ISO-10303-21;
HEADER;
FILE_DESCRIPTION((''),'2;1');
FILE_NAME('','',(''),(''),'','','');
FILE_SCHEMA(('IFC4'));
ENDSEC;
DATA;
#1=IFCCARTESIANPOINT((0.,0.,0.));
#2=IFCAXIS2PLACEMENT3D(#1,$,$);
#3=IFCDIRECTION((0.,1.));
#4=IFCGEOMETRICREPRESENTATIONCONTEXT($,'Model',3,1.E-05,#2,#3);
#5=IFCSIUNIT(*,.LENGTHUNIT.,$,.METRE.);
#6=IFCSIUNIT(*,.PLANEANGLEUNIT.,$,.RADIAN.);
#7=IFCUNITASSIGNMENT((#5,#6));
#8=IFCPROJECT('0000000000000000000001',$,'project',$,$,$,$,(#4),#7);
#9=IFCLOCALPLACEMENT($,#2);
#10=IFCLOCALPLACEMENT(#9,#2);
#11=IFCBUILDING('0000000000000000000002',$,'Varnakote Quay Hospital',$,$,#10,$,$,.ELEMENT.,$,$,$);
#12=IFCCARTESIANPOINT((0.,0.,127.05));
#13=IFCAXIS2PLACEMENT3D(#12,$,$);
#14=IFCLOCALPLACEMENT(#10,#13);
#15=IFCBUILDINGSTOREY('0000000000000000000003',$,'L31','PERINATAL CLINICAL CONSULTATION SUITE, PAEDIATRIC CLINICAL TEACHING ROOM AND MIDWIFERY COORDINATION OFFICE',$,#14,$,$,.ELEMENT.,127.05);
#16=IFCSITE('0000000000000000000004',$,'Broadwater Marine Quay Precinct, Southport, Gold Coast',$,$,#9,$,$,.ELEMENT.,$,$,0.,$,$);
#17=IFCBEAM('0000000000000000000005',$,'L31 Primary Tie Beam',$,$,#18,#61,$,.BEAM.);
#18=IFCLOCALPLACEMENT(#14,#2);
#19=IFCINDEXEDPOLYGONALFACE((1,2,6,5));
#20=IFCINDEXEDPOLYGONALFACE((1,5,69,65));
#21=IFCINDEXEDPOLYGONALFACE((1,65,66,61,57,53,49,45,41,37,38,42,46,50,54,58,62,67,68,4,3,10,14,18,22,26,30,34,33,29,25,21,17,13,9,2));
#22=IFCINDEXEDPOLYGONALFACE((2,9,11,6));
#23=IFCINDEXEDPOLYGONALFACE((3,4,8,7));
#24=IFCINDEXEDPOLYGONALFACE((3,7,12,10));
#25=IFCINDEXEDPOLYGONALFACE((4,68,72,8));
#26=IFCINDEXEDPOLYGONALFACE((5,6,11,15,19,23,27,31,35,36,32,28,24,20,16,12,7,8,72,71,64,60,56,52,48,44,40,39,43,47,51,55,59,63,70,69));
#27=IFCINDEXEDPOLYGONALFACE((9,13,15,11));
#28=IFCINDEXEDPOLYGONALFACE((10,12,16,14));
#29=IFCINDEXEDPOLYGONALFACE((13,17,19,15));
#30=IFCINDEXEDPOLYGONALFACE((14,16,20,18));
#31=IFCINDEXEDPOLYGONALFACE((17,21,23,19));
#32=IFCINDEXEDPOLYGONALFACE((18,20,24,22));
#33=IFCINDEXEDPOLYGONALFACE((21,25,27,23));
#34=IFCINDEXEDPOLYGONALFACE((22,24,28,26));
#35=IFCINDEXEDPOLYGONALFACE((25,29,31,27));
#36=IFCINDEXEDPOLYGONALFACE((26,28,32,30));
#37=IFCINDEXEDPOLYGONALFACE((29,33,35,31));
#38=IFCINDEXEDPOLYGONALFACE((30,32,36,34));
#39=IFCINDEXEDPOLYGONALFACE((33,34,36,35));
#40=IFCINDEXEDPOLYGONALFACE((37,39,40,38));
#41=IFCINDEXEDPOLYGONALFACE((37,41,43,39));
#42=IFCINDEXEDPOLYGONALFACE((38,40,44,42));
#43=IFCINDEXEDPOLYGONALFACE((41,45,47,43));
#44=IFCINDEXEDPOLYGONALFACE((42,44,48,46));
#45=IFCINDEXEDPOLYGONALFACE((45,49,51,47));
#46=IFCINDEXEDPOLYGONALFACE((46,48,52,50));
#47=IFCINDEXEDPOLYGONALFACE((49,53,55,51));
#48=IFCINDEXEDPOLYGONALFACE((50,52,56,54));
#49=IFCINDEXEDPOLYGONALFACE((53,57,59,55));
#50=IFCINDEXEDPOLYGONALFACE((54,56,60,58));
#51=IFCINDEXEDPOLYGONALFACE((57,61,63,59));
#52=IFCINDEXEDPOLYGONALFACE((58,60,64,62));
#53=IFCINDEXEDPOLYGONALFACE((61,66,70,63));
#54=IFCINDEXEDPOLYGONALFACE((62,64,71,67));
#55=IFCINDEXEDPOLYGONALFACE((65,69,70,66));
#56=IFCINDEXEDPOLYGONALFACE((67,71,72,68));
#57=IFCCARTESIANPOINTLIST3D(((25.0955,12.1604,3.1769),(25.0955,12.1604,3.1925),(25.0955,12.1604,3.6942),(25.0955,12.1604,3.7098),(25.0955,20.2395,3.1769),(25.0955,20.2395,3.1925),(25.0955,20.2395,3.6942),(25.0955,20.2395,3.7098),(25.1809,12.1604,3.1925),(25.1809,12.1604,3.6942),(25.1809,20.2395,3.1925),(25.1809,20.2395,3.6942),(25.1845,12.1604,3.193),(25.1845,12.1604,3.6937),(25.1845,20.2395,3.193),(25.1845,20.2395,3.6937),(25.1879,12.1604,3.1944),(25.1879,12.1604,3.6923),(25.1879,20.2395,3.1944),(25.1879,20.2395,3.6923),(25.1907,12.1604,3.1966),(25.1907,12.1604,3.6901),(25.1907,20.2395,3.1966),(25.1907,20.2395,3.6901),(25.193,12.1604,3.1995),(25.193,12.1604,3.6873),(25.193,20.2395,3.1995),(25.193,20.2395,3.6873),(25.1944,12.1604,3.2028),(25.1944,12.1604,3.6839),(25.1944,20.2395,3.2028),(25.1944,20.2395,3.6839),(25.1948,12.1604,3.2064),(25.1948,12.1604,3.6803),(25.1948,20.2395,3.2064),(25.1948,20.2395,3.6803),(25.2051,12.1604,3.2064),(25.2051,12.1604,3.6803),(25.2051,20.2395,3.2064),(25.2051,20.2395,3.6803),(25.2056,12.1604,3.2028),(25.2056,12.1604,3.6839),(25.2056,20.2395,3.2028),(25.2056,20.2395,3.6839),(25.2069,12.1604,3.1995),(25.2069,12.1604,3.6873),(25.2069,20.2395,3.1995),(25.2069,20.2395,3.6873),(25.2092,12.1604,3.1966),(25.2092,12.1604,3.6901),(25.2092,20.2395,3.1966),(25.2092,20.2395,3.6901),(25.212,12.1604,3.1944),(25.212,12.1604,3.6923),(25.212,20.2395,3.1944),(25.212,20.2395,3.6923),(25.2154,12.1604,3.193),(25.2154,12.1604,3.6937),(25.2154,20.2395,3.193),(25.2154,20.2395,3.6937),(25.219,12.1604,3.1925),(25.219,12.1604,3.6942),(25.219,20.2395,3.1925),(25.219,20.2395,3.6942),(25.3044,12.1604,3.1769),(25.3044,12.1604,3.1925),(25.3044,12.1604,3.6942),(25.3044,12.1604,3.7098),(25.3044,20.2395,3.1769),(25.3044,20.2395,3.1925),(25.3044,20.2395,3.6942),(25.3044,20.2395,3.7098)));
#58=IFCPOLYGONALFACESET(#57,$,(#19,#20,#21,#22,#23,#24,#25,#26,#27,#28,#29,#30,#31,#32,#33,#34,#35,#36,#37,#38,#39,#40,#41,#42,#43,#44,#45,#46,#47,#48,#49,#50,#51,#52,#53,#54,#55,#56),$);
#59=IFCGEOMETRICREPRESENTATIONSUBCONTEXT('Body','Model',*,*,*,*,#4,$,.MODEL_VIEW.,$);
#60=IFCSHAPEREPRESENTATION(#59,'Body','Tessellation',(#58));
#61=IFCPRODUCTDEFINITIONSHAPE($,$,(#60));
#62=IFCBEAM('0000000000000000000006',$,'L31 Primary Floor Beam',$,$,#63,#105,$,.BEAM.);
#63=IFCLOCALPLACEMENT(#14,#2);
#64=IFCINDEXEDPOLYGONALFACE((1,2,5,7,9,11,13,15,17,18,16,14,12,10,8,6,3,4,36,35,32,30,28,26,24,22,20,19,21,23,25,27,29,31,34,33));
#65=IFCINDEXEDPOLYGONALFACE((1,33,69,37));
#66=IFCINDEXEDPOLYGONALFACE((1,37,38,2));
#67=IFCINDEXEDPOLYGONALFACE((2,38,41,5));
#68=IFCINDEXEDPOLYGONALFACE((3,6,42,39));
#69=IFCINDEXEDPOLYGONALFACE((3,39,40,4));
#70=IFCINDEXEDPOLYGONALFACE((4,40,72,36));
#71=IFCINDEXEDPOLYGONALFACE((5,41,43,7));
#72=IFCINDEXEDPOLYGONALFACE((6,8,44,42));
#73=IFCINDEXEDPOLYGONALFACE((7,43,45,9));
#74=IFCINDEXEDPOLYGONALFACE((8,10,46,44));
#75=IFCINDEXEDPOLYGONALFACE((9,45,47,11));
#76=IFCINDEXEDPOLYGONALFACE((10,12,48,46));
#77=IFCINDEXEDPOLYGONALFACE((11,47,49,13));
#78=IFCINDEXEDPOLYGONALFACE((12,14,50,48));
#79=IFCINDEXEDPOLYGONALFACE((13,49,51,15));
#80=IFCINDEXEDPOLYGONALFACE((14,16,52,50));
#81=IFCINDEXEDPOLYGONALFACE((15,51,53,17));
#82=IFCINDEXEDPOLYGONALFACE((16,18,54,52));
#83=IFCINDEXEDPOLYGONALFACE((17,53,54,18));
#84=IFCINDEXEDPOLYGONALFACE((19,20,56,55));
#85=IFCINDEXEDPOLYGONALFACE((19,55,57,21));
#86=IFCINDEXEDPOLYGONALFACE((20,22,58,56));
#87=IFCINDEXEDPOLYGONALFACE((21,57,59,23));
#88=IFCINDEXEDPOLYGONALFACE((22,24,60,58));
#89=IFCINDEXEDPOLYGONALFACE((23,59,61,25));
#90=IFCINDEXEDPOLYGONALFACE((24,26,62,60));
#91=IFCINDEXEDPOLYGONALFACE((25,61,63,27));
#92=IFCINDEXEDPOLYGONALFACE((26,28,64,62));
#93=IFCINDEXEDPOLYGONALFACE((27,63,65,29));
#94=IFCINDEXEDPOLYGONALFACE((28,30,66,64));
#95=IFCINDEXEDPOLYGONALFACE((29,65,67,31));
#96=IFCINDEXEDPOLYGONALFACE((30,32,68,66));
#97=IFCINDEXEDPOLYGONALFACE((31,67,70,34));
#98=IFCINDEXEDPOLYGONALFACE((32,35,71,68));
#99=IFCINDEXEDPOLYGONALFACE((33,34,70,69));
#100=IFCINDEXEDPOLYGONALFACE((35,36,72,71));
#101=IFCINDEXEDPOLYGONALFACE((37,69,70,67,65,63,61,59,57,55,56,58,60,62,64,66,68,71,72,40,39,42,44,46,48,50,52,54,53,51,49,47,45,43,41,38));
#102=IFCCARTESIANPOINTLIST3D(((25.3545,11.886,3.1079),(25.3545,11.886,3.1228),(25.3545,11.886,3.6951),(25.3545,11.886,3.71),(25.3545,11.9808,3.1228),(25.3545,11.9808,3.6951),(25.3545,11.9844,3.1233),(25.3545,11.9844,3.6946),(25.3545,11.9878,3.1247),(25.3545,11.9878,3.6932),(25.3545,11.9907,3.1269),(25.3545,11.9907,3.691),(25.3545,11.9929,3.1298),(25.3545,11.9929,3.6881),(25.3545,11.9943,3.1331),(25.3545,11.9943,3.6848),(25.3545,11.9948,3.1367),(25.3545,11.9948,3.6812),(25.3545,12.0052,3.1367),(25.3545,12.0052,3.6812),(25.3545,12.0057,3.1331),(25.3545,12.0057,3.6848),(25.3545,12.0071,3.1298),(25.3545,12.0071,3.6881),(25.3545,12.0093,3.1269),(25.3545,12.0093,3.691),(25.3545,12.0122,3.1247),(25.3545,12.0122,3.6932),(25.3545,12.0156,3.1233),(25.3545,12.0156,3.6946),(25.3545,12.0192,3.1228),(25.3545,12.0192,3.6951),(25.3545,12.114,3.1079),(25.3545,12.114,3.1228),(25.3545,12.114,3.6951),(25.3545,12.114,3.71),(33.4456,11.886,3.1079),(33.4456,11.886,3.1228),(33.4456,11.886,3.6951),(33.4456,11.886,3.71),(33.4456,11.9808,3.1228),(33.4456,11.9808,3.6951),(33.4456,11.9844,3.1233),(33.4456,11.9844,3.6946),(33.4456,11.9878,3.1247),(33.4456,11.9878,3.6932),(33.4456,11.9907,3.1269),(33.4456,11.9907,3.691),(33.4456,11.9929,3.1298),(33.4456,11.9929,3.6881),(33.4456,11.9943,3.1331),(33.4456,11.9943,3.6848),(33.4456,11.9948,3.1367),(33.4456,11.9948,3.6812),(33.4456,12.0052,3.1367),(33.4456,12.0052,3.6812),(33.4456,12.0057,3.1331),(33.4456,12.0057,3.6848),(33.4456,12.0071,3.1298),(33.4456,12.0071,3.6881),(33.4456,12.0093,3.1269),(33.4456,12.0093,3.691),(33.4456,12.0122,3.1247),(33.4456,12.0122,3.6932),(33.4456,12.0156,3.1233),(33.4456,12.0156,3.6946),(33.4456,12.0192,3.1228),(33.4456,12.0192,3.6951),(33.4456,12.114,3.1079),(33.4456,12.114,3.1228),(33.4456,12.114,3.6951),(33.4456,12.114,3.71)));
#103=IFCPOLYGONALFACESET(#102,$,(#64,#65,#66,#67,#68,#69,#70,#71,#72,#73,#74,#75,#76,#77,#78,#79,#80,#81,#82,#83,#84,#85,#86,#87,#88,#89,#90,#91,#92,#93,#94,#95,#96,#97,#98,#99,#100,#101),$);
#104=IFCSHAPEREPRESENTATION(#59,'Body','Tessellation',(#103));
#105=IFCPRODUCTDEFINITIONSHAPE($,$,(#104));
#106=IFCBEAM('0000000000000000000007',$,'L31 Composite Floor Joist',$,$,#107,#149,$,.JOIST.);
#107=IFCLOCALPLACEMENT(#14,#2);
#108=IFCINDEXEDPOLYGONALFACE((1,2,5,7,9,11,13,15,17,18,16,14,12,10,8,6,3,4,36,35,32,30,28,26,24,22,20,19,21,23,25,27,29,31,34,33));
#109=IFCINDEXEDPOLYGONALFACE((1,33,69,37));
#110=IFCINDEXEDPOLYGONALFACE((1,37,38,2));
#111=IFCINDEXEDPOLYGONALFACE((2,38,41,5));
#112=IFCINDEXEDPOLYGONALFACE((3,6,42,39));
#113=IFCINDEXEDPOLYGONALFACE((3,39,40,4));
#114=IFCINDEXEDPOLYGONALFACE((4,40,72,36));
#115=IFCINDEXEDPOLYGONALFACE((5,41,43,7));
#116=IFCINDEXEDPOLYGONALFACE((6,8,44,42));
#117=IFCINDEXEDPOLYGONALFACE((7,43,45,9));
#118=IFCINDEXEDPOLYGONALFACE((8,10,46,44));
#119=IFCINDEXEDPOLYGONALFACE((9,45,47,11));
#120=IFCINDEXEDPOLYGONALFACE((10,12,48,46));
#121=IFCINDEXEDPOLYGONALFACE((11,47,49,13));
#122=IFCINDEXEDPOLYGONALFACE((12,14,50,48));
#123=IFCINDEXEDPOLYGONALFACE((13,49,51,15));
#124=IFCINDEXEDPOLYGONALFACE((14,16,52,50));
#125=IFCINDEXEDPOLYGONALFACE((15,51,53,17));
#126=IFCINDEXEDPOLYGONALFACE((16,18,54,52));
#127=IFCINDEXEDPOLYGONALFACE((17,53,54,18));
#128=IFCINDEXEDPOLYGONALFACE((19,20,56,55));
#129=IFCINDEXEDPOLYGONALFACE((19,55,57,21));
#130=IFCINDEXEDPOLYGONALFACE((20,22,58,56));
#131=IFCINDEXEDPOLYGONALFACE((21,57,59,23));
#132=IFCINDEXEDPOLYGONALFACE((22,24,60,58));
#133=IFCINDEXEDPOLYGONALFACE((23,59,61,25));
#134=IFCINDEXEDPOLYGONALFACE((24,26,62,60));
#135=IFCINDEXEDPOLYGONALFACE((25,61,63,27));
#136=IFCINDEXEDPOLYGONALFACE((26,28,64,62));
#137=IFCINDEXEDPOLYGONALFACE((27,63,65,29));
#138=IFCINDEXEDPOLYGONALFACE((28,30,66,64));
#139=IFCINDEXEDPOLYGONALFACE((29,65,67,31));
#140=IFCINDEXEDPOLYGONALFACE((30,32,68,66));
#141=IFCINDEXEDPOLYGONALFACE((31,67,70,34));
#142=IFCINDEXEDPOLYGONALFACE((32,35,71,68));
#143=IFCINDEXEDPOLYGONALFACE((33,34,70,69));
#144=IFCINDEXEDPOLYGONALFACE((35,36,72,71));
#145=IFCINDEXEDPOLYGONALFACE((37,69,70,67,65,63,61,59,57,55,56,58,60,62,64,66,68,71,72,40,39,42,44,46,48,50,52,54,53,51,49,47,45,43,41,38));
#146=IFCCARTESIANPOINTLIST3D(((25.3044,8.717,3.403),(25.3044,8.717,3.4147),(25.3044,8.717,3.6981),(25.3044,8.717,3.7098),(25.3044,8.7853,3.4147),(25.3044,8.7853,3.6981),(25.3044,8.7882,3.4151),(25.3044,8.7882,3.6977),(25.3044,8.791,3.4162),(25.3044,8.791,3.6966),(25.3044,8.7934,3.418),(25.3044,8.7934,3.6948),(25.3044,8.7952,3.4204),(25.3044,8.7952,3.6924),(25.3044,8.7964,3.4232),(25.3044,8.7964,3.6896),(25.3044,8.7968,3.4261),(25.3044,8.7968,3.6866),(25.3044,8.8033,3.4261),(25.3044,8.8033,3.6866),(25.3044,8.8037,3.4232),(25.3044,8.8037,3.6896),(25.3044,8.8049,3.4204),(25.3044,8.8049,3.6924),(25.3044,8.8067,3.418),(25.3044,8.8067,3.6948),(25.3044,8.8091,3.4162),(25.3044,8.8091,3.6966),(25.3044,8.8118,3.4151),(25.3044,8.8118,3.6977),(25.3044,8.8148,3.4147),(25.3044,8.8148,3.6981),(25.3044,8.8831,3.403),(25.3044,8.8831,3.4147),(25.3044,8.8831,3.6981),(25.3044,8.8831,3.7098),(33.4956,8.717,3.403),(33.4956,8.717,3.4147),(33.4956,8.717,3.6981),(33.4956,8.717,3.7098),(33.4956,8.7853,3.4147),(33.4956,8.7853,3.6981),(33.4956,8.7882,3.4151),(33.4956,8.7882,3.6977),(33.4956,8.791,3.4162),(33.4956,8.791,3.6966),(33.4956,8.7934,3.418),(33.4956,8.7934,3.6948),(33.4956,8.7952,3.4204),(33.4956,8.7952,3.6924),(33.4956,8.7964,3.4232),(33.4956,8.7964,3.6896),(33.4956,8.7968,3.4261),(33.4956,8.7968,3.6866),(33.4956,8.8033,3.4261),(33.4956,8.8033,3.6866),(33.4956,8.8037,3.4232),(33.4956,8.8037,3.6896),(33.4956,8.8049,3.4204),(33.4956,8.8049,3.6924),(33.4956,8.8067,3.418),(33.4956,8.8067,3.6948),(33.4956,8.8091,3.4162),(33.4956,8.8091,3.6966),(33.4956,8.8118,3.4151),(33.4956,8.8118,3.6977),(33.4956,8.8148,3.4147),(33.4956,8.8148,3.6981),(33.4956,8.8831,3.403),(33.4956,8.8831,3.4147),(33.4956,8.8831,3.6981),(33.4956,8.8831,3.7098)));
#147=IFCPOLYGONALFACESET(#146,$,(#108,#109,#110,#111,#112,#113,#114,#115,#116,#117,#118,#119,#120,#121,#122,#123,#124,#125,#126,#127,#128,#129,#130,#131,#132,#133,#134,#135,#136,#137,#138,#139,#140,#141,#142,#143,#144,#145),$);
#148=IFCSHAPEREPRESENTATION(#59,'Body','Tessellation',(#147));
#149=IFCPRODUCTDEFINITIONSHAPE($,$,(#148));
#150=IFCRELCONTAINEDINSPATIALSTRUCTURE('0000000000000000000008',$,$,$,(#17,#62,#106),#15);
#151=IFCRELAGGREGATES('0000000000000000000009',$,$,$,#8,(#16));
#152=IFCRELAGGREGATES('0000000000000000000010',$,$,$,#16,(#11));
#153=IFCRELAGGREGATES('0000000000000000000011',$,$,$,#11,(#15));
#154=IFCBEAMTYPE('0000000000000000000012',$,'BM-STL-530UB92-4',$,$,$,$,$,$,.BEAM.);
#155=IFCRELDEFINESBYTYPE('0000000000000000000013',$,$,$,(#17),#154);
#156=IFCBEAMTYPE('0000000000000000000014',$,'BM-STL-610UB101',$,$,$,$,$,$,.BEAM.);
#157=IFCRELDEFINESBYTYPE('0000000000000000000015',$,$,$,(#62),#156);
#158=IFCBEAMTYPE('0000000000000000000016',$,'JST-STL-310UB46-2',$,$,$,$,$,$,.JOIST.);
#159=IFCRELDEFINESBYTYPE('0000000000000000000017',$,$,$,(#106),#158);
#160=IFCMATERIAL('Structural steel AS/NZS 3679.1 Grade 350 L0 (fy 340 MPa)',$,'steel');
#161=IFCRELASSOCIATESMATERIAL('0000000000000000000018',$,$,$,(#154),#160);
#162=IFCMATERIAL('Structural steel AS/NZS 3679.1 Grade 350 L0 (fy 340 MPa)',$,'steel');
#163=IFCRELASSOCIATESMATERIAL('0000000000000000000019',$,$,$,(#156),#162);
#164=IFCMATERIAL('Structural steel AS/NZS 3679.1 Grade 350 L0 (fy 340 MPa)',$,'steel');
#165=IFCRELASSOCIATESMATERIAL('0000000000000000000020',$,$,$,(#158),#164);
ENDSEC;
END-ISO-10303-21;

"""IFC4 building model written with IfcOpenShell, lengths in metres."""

from ifc_helpers import new_model, si_unit, direction, frame, origin, origin_2d, place, context, subcontext, project, spatial, i_section, extrude, material, material_profile, profile_set, type_object, element, save


model = new_model("IFC4")

# Units and contexts
model_context = context("Model", 3, precision=1e-05, world=origin(), true_north=direction((0.0, 1.0)))
body_context = subcontext(model_context, "Body", "Model", "MODEL_VIEW")
ifc_project = project(units=[si_unit("LENGTHUNIT", "METRE"), si_unit("PLANEANGLEUNIT", "RADIAN")], contexts=[model_context])

# Site, building, storey
site_placement = place(None, origin())
site = spatial("IfcSite", under=ifc_project, at=site_placement, Name="Broadwater Marine Quay Precinct, Southport, Gold Coast", CompositionType="ELEMENT", RefElevation=0.0)
building_placement = place(site_placement, origin())
building = spatial("IfcBuilding", under=site, at=building_placement, Name="Varnakote Quay Hospital", CompositionType="ELEMENT")
storey_placement = place(building_placement, frame((0.0, 0.0, 127.05)))
storey = spatial("IfcBuildingStorey", under=building, at=storey_placement, Name="L31", Description="PERINATAL CLINICAL CONSULTATION SUITE, PAEDIATRIC CLINICAL TEACHING ROOM AND MIDWIFERY COORDINATION OFFICE", CompositionType="ELEMENT", Elevation=127.05)

# Beams
ifc_material_1 = material(Name="Structural steel AS/NZS 3679.1 Grade 350 L0 (fy 340 MPa)", Category="steel")
ifc_material_profile_1 = material_profile(ifc_material_1, i_section(OverallWidth=0.209, OverallDepth=0.533, WebThickness=0.0103, FlangeThickness=0.0156, FilletRadius=0.0139, at=origin_2d()), Name="530UB92.4")
ifc_profile_set_1 = profile_set([ifc_material_profile_1], Name="Structural steel AS/NZS 3679.1 Grade 350 L0 (fy 340 MPa)")
beam_type_1 = type_object("IfcBeamType", Name="BM-STL-530UB92-4", PredefinedType="BEAM", material=ifc_profile_set_1)
beam_1_placement = place(storey_placement, frame((25.2, 12.1604, 3.4434), z_axis=(0.0, 1.0, 0.0), x_axis=(-1.0, 0.0, 0.0)))
element("IfcBeam", 1, at=beam_1_placement, inside=storey, type_object=beam_type_1, Name="L31 Primary Tie Beam", PredefinedType="BEAM", context=body_context, shape_type="SweptSolid", body=[
    extrude(i_section(OverallWidth=0.209, OverallDepth=0.533, WebThickness=0.0103, FlangeThickness=0.0156, FilletRadius=0.0139, at=origin_2d()), origin(), (0.0, 0.0, 1.0), 8.0791),
])
ifc_material_2 = material(Name="Structural steel AS/NZS 3679.1 Grade 350 L0 (fy 340 MPa)", Category="steel")
ifc_material_profile_2 = material_profile(ifc_material_2, i_section(OverallWidth=0.228, OverallDepth=0.6021, WebThickness=0.0105, FlangeThickness=0.0149, FilletRadius=0.0139, at=origin_2d()), Name="610UB101")
ifc_profile_set_2 = profile_set([ifc_material_profile_2], Name="Structural steel AS/NZS 3679.1 Grade 350 L0 (fy 340 MPa)")
beam_type_2 = type_object("IfcBeamType", Name="BM-STL-610UB101", PredefinedType="BEAM", material=ifc_profile_set_2)
beam_2_placement = place(storey_placement, frame((25.3545, 12.0, 3.4089), z_axis=(1.0, 0.0, 0.0), x_axis=(0.0, 1.0, 0.0)))
element("IfcBeam", 2, at=beam_2_placement, inside=storey, type_object=beam_type_2, Name="L31 Primary Floor Beam", PredefinedType="BEAM", context=body_context, shape_type="SweptSolid", body=[
    extrude(i_section(OverallWidth=0.228, OverallDepth=0.6021, WebThickness=0.0105, FlangeThickness=0.0149, FilletRadius=0.0139, at=origin_2d()), origin(), (0.0, 0.0, 1.0), 8.0911),
])
ifc_material_3 = material(Name="Structural steel AS/NZS 3679.1 Grade 350 L0 (fy 340 MPa)", Category="steel")
ifc_material_profile_3 = material_profile(ifc_material_3, i_section(OverallWidth=0.166, OverallDepth=0.3069, WebThickness=0.0066, FlangeThickness=0.0117, FilletRadius=0.0115, at=origin_2d()), Name="310UB46.2")
ifc_profile_set_3 = profile_set([ifc_material_profile_3], Name="Structural steel AS/NZS 3679.1 Grade 350 L0 (fy 340 MPa)")
beam_type_3 = type_object("IfcBeamType", Name="JST-STL-310UB46-2", PredefinedType="JOIST", material=ifc_profile_set_3)
beam_3_placement = place(storey_placement, frame((25.3044, 8.8, 3.5564), z_axis=(1.0, 0.0, 0.0), x_axis=(0.0, 1.0, 0.0)))
element("IfcBeam", 3, at=beam_3_placement, inside=storey, type_object=beam_type_3, Name="L31 Composite Floor Joist", PredefinedType="JOIST", context=body_context, shape_type="SweptSolid", body=[
    extrude(i_section(OverallWidth=0.166, OverallDepth=0.3069, WebThickness=0.0066, FlangeThickness=0.0117, FilletRadius=0.0115, at=origin_2d()), origin(), (0.0, 0.0, 1.0), 8.1912),
])

save(model, "model.ifc")
